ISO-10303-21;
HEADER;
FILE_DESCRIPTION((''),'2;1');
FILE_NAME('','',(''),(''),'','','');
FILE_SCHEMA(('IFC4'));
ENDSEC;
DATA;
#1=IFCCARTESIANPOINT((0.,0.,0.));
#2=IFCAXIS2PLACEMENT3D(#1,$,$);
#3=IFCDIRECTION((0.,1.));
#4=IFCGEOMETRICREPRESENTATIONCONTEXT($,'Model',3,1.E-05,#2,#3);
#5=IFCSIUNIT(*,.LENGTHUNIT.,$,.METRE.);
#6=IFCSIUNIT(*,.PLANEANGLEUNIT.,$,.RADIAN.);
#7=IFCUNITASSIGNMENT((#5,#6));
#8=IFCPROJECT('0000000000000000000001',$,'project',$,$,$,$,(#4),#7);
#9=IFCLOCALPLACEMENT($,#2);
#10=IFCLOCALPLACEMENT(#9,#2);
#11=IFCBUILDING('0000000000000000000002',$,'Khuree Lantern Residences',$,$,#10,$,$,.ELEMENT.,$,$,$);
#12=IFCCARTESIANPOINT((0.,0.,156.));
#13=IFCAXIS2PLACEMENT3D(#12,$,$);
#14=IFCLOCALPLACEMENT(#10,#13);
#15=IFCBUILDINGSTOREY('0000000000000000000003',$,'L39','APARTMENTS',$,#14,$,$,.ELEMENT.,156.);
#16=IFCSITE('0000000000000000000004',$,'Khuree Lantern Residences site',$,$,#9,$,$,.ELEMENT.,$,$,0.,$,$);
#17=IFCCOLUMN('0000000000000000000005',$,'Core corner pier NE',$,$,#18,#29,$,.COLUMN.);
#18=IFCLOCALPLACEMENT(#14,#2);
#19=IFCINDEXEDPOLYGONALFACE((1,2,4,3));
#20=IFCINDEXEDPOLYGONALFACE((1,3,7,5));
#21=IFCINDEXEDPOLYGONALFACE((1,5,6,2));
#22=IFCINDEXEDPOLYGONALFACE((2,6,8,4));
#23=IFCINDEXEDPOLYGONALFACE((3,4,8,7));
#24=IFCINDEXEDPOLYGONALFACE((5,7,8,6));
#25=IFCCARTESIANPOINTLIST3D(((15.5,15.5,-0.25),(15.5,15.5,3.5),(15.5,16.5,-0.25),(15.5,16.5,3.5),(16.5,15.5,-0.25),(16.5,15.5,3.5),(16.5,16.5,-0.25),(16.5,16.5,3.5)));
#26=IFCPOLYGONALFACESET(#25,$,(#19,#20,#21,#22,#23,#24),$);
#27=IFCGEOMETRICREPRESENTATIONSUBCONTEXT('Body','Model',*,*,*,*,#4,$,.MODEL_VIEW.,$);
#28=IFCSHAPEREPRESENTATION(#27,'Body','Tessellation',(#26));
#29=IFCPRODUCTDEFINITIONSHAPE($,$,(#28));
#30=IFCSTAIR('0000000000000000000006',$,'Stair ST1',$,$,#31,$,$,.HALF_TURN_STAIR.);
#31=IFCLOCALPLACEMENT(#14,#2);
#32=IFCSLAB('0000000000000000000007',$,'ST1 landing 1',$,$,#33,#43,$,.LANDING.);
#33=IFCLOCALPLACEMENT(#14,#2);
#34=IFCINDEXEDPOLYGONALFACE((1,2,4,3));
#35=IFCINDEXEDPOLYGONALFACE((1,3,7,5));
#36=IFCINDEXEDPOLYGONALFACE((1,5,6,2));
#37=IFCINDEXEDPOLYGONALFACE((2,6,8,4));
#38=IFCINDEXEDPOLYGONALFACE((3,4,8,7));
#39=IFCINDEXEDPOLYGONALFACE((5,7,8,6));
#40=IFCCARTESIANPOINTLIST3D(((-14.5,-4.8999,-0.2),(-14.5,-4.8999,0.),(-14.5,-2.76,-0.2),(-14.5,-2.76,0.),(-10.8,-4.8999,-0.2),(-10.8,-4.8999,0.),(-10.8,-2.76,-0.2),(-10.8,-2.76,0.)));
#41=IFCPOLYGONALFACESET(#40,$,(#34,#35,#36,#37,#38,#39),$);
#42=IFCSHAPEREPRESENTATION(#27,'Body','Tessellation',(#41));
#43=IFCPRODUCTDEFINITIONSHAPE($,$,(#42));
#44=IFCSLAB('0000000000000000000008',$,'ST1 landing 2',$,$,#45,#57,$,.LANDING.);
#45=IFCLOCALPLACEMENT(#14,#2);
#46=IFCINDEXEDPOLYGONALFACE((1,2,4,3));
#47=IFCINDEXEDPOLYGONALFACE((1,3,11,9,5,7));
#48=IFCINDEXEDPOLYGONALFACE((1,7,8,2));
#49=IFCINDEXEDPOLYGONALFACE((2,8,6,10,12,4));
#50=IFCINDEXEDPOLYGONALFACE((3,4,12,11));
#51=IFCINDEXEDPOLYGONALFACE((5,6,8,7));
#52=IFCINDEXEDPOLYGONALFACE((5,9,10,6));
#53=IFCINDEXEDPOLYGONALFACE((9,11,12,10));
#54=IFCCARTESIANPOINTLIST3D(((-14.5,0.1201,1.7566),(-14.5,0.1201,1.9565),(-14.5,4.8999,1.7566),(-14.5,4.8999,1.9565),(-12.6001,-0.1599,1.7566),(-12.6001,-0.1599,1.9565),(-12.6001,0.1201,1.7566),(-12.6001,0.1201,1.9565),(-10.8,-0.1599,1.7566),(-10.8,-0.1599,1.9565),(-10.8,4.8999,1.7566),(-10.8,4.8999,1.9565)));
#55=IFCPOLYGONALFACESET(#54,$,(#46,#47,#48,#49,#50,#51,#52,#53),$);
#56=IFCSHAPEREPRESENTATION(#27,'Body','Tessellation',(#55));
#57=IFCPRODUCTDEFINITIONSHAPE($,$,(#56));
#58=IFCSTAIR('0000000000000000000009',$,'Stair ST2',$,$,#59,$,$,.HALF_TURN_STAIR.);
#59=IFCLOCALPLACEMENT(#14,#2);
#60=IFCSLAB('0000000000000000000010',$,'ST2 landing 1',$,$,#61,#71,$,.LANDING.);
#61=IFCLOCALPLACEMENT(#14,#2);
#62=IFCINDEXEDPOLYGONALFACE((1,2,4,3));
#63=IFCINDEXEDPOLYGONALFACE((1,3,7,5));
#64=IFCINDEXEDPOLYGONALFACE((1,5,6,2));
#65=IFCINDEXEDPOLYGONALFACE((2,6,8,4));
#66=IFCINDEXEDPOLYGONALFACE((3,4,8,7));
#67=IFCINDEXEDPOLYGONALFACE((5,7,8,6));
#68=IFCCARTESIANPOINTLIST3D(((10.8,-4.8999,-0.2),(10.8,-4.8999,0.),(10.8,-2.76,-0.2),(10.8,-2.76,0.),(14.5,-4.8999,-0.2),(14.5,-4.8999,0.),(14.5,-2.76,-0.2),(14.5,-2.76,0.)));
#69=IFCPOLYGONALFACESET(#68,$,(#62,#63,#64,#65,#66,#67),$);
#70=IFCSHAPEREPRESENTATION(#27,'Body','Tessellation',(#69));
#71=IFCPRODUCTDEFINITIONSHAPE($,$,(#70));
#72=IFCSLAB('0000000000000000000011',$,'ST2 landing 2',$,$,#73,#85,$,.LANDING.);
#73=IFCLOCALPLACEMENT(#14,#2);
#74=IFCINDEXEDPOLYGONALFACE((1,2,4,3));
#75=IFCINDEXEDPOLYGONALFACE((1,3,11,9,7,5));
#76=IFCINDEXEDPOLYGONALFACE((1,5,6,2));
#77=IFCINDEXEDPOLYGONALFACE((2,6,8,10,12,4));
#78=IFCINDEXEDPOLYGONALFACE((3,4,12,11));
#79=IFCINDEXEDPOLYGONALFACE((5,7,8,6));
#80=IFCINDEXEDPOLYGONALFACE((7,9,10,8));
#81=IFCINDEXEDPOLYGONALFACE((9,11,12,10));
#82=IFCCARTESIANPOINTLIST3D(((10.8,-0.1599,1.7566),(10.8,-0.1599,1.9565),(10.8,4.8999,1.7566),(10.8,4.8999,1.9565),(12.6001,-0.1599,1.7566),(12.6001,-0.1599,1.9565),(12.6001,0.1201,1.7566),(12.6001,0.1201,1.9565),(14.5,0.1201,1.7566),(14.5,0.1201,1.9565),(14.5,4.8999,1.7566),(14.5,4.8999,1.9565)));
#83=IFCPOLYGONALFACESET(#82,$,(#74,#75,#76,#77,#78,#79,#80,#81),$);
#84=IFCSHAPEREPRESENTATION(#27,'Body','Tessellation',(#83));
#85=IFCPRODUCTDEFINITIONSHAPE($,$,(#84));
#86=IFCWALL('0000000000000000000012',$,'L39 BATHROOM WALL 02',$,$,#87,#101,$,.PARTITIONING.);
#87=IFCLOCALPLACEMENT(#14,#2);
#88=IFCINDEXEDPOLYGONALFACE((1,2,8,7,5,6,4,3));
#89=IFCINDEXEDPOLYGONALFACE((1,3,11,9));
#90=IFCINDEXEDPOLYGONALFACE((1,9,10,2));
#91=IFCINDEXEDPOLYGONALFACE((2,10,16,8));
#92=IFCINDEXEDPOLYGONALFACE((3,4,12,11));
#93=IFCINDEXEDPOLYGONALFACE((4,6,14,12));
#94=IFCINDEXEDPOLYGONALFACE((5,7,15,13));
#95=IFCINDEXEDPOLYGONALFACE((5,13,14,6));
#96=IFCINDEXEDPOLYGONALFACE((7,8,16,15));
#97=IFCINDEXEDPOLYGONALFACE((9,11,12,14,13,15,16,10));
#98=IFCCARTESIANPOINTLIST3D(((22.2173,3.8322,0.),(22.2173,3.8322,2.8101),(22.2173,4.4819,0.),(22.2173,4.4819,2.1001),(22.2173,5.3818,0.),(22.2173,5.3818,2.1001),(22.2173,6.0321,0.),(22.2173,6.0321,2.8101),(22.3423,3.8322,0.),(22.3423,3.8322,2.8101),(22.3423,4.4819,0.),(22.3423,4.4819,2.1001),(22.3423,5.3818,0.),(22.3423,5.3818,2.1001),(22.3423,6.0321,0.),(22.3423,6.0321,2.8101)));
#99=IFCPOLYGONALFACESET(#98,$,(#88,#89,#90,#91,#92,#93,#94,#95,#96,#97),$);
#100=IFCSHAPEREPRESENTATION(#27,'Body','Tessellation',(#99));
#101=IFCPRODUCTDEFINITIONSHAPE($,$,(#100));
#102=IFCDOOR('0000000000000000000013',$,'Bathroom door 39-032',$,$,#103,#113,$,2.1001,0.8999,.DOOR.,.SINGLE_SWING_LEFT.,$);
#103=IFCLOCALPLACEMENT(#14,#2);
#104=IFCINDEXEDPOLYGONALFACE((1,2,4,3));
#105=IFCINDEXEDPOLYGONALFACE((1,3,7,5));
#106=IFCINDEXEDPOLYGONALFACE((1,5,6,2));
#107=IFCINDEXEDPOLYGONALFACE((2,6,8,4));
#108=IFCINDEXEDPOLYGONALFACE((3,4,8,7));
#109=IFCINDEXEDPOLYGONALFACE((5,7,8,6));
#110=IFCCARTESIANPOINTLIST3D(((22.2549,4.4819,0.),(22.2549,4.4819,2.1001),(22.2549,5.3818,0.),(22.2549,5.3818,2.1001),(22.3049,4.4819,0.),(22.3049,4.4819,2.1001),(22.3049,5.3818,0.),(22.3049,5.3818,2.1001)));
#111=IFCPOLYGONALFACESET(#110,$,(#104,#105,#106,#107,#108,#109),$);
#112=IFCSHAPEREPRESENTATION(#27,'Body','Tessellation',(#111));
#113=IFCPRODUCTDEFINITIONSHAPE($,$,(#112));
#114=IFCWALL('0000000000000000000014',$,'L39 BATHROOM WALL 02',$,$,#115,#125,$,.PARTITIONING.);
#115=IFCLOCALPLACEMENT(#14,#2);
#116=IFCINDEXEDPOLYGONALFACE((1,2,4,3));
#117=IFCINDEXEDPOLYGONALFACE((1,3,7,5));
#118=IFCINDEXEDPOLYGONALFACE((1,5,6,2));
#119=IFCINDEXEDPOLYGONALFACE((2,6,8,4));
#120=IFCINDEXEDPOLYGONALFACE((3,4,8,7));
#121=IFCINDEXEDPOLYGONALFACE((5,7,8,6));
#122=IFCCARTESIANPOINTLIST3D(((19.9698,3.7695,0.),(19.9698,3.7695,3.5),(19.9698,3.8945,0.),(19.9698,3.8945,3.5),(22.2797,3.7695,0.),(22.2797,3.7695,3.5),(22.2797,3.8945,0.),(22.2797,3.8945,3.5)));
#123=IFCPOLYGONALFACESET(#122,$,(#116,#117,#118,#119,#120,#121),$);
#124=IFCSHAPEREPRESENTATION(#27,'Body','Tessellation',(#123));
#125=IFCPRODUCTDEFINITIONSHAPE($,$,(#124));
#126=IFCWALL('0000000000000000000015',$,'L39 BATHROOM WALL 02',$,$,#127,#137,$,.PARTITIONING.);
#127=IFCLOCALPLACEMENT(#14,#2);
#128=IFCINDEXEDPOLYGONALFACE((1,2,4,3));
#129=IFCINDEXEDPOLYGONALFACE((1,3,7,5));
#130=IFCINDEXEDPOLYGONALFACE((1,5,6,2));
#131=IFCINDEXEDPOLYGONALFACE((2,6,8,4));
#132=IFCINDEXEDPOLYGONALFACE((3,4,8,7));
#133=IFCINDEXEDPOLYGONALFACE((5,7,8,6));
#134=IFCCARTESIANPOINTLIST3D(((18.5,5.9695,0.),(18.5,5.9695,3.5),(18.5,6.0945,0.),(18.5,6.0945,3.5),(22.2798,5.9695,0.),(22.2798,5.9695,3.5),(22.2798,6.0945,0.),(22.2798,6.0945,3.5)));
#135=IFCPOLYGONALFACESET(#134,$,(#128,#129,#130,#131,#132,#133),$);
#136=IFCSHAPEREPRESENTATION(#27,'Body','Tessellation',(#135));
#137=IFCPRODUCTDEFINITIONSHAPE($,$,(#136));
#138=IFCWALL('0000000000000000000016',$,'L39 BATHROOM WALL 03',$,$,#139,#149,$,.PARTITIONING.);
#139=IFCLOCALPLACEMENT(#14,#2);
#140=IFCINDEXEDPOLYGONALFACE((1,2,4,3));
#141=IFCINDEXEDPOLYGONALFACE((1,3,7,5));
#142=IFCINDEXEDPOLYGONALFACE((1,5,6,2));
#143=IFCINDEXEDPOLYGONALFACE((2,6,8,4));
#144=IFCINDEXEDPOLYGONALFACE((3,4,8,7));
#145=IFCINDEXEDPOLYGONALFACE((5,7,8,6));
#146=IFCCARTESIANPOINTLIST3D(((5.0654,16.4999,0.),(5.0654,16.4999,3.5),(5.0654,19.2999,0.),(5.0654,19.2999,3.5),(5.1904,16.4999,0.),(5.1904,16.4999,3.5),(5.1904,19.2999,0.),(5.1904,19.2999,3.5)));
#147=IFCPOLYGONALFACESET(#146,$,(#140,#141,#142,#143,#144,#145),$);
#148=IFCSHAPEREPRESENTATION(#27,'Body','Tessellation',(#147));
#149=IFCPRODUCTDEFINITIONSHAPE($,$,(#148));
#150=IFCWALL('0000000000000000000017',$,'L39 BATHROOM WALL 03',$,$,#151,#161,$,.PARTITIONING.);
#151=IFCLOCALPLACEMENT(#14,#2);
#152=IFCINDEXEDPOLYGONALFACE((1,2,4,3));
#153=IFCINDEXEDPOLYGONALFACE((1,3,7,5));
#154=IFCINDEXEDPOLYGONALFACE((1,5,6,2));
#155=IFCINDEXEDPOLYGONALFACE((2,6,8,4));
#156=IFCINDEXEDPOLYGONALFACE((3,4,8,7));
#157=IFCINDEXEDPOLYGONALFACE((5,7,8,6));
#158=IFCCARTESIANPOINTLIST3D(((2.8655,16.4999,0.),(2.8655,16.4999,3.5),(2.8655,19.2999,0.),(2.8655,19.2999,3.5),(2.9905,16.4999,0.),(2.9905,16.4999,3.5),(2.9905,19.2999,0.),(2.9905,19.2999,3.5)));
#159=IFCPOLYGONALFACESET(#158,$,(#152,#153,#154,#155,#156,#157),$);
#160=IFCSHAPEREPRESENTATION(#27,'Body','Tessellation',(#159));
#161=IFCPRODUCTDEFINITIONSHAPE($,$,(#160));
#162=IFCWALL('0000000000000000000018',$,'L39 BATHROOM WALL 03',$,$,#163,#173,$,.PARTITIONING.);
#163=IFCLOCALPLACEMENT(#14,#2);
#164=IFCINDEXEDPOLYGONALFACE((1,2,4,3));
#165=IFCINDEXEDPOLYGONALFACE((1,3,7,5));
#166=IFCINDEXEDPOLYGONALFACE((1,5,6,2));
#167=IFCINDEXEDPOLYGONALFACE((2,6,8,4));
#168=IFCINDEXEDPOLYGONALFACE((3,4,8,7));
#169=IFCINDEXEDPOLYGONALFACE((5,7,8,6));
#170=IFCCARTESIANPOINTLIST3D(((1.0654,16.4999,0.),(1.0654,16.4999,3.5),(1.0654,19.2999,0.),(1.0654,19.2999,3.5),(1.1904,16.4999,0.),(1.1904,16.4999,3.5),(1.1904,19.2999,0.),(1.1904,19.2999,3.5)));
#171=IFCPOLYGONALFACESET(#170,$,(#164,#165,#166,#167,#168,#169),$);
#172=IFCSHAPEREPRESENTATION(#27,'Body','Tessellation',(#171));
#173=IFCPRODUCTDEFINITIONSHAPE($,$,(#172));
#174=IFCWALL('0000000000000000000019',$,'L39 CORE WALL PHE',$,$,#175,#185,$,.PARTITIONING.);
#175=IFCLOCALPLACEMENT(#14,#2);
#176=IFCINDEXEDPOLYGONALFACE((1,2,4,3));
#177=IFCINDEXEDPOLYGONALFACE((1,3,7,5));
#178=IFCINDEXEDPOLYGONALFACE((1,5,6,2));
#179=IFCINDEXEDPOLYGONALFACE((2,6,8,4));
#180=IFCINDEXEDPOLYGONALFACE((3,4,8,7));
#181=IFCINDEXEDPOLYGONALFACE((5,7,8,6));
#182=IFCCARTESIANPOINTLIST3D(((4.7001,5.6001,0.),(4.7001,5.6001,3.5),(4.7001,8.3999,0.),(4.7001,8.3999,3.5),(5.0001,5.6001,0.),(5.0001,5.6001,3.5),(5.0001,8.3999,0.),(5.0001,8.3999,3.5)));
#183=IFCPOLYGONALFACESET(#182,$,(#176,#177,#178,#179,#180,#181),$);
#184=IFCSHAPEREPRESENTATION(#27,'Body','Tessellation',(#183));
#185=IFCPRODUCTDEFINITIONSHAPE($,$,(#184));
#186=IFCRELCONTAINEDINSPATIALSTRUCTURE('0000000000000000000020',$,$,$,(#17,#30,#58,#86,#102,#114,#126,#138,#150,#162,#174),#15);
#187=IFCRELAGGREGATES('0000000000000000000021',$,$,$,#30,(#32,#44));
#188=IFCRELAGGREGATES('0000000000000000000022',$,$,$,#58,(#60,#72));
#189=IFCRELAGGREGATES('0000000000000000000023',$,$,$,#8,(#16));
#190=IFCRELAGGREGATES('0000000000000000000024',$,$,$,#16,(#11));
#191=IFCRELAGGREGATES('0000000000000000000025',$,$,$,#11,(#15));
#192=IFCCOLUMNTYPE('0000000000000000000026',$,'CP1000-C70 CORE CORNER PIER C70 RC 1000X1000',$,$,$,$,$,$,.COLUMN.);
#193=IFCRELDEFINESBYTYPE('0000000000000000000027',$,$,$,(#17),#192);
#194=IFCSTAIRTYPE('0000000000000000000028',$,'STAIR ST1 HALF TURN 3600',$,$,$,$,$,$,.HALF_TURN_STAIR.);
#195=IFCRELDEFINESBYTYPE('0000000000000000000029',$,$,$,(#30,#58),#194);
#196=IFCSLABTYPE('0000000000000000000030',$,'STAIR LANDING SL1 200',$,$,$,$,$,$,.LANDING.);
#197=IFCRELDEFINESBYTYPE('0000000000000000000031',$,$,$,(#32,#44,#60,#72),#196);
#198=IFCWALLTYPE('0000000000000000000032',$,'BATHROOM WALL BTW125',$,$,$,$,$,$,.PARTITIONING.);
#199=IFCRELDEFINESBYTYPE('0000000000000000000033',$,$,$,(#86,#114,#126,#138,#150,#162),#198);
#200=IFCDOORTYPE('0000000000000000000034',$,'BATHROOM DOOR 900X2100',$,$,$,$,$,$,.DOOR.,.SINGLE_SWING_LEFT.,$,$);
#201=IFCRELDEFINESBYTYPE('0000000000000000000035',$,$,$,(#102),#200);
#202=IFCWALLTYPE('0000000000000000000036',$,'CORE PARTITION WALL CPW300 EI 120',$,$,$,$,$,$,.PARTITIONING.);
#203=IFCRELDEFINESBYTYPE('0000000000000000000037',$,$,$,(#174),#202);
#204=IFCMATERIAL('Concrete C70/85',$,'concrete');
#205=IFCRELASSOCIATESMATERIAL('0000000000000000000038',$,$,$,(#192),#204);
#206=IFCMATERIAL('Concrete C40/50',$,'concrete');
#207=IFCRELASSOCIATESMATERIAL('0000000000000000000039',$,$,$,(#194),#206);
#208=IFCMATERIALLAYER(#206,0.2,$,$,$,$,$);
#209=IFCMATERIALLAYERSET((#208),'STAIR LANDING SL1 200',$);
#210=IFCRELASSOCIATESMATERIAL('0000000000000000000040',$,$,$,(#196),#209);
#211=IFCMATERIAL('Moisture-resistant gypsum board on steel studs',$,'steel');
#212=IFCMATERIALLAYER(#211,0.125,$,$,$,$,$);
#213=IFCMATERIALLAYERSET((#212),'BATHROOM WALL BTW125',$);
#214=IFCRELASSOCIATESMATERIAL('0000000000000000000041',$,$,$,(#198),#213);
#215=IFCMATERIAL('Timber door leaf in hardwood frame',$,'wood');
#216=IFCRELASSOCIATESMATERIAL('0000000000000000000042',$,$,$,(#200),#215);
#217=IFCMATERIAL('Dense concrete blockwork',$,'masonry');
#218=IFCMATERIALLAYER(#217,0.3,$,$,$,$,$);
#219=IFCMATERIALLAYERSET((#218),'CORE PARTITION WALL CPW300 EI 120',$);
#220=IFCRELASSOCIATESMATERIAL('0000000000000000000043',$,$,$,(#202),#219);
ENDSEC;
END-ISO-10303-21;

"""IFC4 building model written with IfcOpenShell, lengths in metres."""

from ifc_helpers import new_model, si_unit, direction, frame, frame_2d, origin, origin_2d, place, context, subcontext, project, spatial, polyline, rectangle, outline, extrude, material, layer, layer_set, material_profile, profile_set, type_object, element, fill, aggregate, save


model = new_model("IFC4")

# Units and contexts
model_context = context("Model", 3, precision=1e-05, world=origin(), true_north=direction((0.0, 1.0)))
body_context = subcontext(model_context, "Body", "Model", "MODEL_VIEW")
ifc_project = project(units=[si_unit("LENGTHUNIT", "METRE"), si_unit("PLANEANGLEUNIT", "RADIAN")], contexts=[model_context])

# Site, building, storey
site_placement = place(None, origin())
site = spatial("IfcSite", under=ifc_project, at=site_placement, Name="Khuree Lantern Residences site", CompositionType="ELEMENT", RefElevation=0.0)
building_placement = place(site_placement, origin())
building = spatial("IfcBuilding", under=site, at=building_placement, Name="Khuree Lantern Residences", CompositionType="ELEMENT")
storey_placement = place(building_placement, frame((0.0, 0.0, 156.0)))
storey = spatial("IfcBuildingStorey", under=building, at=storey_placement, Name="L39", Description="APARTMENTS", CompositionType="ELEMENT", Elevation=156.0)

# Column
ifc_material_1 = material(Name="Concrete C70/85", Category="concrete")
ifc_material_profile = material_profile(ifc_material_1, rectangle(XDim=1.0, YDim=1.0, at=origin_2d()), Name="RC 1000X1000")
ifc_profile_set = profile_set([ifc_material_profile], Name="Concrete C70/85")
column_type = type_object("IfcColumnType", Name="CP1000-C70 CORE CORNER PIER C70 RC 1000X1000", PredefinedType="COLUMN", material=ifc_profile_set)
column_placement = place(storey_placement, frame((16.0, 16.0, -0.25), z_axis=(0.0, 0.0, 1.0), x_axis=(1.0, 0.0, 0.0)))
element("IfcColumn", 1, at=column_placement, inside=storey, type_object=column_type, Name="Core corner pier NE", PredefinedType="COLUMN", context=body_context, shape_type="SweptSolid", body=[
    extrude(rectangle(XDim=1.0, YDim=1.0, at=origin_2d()), origin(), (0.0, 0.0, 1.0), 3.75),
])

# Stairs, slabs
ifc_material_2 = material(Name="Concrete C40/50", Category="concrete")
stair_type = type_object("IfcStairType", Name="STAIR ST1 HALF TURN 3600", PredefinedType="HALF_TURN_STAIR", material=ifc_material_2)
stair_1_placement = place(storey_placement, origin())
stair_1 = element("IfcStair", 2, at=stair_1_placement, inside=storey, type_object=stair_type, Name="Stair ST1", PredefinedType="HALF_TURN_STAIR")
ifc_layer_1 = layer(ifc_material_2, 0.2)
ifc_layer_set_1 = layer_set([ifc_layer_1], Name="STAIR LANDING SL1 200")
slab_type = type_object("IfcSlabType", Name="STAIR LANDING SL1 200", PredefinedType="LANDING", material=ifc_layer_set_1)
slab_1_placement = place(storey_placement, frame((0.0, 0.0, -0.2)))
slab_1 = element("IfcSlab", 3, at=slab_1_placement, type_object=slab_type, Name="ST1 landing 1", PredefinedType="LANDING", context=body_context, shape_type="SweptSolid", body=[
    extrude(outline(polyline([(-14.5, -4.8999), (-10.8, -4.8999), (-10.8, -2.76), (-14.5, -2.76), (-14.5, -4.8999)])), origin(), (0.0, 0.0, 1.0), 0.2),
])
slab_2_placement = place(storey_placement, frame((0.0, 0.0, 1.7566)))
slab_2 = element("IfcSlab", 4, at=slab_2_placement, type_object=slab_type, Name="ST1 landing 2", PredefinedType="LANDING", context=body_context, shape_type="SweptSolid", body=[
    extrude(outline(polyline([(-14.5, 0.1201), (-14.5, 4.8999), (-10.8, 4.8999), (-10.8, -0.1599), (-12.6001, -0.1599), (-12.6001, 0.1201), (-14.5, 0.1201)])), origin(), (0.0, 0.0, 1.0), 0.2),
])
aggregate(stair_1, [slab_1, slab_2])
stair_2_placement = place(storey_placement, origin())
stair_2 = element("IfcStair", 5, at=stair_2_placement, inside=storey, type_object=stair_type, Name="Stair ST2", PredefinedType="HALF_TURN_STAIR")
slab_3_placement = place(storey_placement, frame((0.0, 0.0, -0.2)))
slab_3 = element("IfcSlab", 6, at=slab_3_placement, type_object=slab_type, Name="ST2 landing 1", PredefinedType="LANDING", context=body_context, shape_type="SweptSolid", body=[
    extrude(outline(polyline([(10.8, -4.8999), (14.5, -4.8999), (14.5, -2.76), (10.8, -2.76), (10.8, -4.8999)])), origin(), (0.0, 0.0, 1.0), 0.2),
])
slab_4_placement = place(storey_placement, frame((0.0, 0.0, 1.7566)))
slab_4 = element("IfcSlab", 7, at=slab_4_placement, type_object=slab_type, Name="ST2 landing 2", PredefinedType="LANDING", context=body_context, shape_type="SweptSolid", body=[
    extrude(outline(polyline([(14.5, 4.8999), (14.5, 0.1201), (12.6001, 0.1201), (12.6001, -0.1599), (10.8, -0.1599), (10.8, 4.8999), (14.5, 4.8999)])), origin(), (0.0, 0.0, 1.0), 0.2),
])

# Wall, opening, door
ifc_material_3 = material(Name="Moisture-resistant gypsum board on steel studs", Category="steel")
ifc_layer_2 = layer(ifc_material_3, 0.125)
ifc_layer_set_2 = layer_set([ifc_layer_2], Name="BATHROOM WALL BTW125")
wall_type_1 = type_object("IfcWallType", Name="BATHROOM WALL BTW125", PredefinedType="PARTITIONING", material=ifc_layer_set_2)
wall_1_placement = place(storey_placement, frame((22.2798, 3.832, 0.0), z_axis=(0.0, 0.0, 1.0), x_axis=(0.0, 1.0, 0.0)))
wall_1 = element("IfcWall", 8, at=wall_1_placement, inside=storey, type_object=wall_type_1, Name="L39 BATHROOM WALL 02", PredefinedType="PARTITIONING", context=body_context, shape_type="SweptSolid", body=[
    extrude(rectangle(XDim=2.2, YDim=0.125, at=frame_2d((1.1001, 0.0))), origin(), (0.0, 0.0, 1.0), 2.8101),
])
opening_1_placement = place(wall_1_placement, frame((0.6499, 0.0, 0.0)))
opening_1 = element("IfcOpeningElement", 9, at=opening_1_placement, cuts=wall_1, PredefinedType="OPENING", context=body_context, shape_type="SweptSolid", body=[
    extrude(rectangle(XDim=0.8999, YDim=2.1001, at=frame_2d((0.45, 1.05))), frame((0.0, 0.0725, 0.0), z_axis=(0.0, -1.0, 0.0), x_axis=(1.0, 0.0, 0.0)), (0.0, 0.0, 1.0), 0.145),
])
ifc_material_4 = material(Name="Timber door leaf in hardwood frame", Category="wood")
door_type_1 = type_object("IfcDoorType", Name="BATHROOM DOOR 900X2100", OperationType="SINGLE_SWING_LEFT", PredefinedType="DOOR", material=ifc_material_4)
door_1_placement = place(opening_1_placement, origin())
door_1 = element("IfcDoor", 10, at=door_1_placement, inside=storey, type_object=door_type_1, Name="Bathroom door 39-032", OperationType="SINGLE_SWING_LEFT", OverallHeight=2.1001, OverallWidth=0.8999, PredefinedType="DOOR", context=body_context, shape_type="SweptSolid", body=[
    extrude(rectangle(XDim=0.8999, YDim=2.1001, at=frame_2d((0.45, 1.05))), frame((0.0, 0.0249, 0.0), z_axis=(0.0, -1.0, 0.0), x_axis=(1.0, 0.0, 0.0)), (0.0, 0.0, 1.0), 0.05),
])
fill(opening_1, door_1)

# Walls
wall_2_placement = place(storey_placement, frame((19.97, 3.832, 0.0), z_axis=(0.0, 0.0, 1.0), x_axis=(1.0, 0.0, 0.0)))
element("IfcWall", 11, at=wall_2_placement, inside=storey, type_object=wall_type_1, Name="L39 BATHROOM WALL 02", PredefinedType="PARTITIONING", context=body_context, shape_type="SweptSolid", body=[
    extrude(rectangle(XDim=2.3098, YDim=0.125, at=frame_2d((1.1548, 0.0))), origin(), (0.0, 0.0, 1.0), 3.5),
])
wall_3_placement = place(storey_placement, frame((18.5, 6.032, 0.0), z_axis=(0.0, 0.0, 1.0), x_axis=(1.0, 0.0, 0.0)))
element("IfcWall", 12, at=wall_3_placement, inside=storey, type_object=wall_type_1, Name="L39 BATHROOM WALL 02", PredefinedType="PARTITIONING", context=body_context, shape_type="SweptSolid", body=[
    extrude(rectangle(XDim=3.7798, YDim=0.125, at=frame_2d((1.8899, 0.0))), origin(), (0.0, 0.0, 1.0), 3.5),
])
for number, where, z_axis, x_axis, name in (
    (13, (5.1279, 16.5, 0.0), (0.0, 0.0, 1.0), (0.0, 1.0, 0.0), "L39 BATHROOM WALL 03"),
    (14, (2.928, 16.5, 0.0), (0.0, 0.0, 1.0), (0.0, 1.0, 0.0), "L39 BATHROOM WALL 03"),
    (15, (1.1279, 16.5, 0.0), (0.0, 0.0, 1.0), (0.0, 1.0, 0.0), "L39 BATHROOM WALL 03"),
):
    element("IfcWall", number, at=place(storey_placement, frame(where, z_axis=z_axis, x_axis=x_axis)), inside=storey, type_object=wall_type_1, Name=name, PredefinedType="PARTITIONING", context=body_context, shape_type="SweptSolid", body=[
        extrude(rectangle(XDim=2.8, YDim=0.125, at=frame_2d((1.3999, 0.0))), origin(), (0.0, 0.0, 1.0), 3.5),
    ])
ifc_material_5 = material(Name="Dense concrete blockwork", Category="masonry")
ifc_layer_3 = layer(ifc_material_5, 0.3)
ifc_layer_set_3 = layer_set([ifc_layer_3], Name="CORE PARTITION WALL CPW300 EI 120")
wall_type_2 = type_object("IfcWallType", Name="CORE PARTITION WALL CPW300 EI 120", PredefinedType="PARTITIONING", material=ifc_layer_set_3)
wall_4_placement = place(storey_placement, frame((4.8501, 5.6001, 0.0), z_axis=(0.0, 0.0, 1.0), x_axis=(0.0, 1.0, 0.0)))
element("IfcWall", 16, at=wall_4_placement, inside=storey, type_object=wall_type_2, Name="L39 CORE WALL PHE", PredefinedType="PARTITIONING", context=body_context, shape_type="SweptSolid", body=[
    extrude(rectangle(XDim=2.7998, YDim=0.3, at=frame_2d((1.3999, 0.0))), origin(), (0.0, 0.0, 1.0), 3.5),
])

aggregate(stair_2, [slab_3, slab_4])

save(model, "model.ifc")
